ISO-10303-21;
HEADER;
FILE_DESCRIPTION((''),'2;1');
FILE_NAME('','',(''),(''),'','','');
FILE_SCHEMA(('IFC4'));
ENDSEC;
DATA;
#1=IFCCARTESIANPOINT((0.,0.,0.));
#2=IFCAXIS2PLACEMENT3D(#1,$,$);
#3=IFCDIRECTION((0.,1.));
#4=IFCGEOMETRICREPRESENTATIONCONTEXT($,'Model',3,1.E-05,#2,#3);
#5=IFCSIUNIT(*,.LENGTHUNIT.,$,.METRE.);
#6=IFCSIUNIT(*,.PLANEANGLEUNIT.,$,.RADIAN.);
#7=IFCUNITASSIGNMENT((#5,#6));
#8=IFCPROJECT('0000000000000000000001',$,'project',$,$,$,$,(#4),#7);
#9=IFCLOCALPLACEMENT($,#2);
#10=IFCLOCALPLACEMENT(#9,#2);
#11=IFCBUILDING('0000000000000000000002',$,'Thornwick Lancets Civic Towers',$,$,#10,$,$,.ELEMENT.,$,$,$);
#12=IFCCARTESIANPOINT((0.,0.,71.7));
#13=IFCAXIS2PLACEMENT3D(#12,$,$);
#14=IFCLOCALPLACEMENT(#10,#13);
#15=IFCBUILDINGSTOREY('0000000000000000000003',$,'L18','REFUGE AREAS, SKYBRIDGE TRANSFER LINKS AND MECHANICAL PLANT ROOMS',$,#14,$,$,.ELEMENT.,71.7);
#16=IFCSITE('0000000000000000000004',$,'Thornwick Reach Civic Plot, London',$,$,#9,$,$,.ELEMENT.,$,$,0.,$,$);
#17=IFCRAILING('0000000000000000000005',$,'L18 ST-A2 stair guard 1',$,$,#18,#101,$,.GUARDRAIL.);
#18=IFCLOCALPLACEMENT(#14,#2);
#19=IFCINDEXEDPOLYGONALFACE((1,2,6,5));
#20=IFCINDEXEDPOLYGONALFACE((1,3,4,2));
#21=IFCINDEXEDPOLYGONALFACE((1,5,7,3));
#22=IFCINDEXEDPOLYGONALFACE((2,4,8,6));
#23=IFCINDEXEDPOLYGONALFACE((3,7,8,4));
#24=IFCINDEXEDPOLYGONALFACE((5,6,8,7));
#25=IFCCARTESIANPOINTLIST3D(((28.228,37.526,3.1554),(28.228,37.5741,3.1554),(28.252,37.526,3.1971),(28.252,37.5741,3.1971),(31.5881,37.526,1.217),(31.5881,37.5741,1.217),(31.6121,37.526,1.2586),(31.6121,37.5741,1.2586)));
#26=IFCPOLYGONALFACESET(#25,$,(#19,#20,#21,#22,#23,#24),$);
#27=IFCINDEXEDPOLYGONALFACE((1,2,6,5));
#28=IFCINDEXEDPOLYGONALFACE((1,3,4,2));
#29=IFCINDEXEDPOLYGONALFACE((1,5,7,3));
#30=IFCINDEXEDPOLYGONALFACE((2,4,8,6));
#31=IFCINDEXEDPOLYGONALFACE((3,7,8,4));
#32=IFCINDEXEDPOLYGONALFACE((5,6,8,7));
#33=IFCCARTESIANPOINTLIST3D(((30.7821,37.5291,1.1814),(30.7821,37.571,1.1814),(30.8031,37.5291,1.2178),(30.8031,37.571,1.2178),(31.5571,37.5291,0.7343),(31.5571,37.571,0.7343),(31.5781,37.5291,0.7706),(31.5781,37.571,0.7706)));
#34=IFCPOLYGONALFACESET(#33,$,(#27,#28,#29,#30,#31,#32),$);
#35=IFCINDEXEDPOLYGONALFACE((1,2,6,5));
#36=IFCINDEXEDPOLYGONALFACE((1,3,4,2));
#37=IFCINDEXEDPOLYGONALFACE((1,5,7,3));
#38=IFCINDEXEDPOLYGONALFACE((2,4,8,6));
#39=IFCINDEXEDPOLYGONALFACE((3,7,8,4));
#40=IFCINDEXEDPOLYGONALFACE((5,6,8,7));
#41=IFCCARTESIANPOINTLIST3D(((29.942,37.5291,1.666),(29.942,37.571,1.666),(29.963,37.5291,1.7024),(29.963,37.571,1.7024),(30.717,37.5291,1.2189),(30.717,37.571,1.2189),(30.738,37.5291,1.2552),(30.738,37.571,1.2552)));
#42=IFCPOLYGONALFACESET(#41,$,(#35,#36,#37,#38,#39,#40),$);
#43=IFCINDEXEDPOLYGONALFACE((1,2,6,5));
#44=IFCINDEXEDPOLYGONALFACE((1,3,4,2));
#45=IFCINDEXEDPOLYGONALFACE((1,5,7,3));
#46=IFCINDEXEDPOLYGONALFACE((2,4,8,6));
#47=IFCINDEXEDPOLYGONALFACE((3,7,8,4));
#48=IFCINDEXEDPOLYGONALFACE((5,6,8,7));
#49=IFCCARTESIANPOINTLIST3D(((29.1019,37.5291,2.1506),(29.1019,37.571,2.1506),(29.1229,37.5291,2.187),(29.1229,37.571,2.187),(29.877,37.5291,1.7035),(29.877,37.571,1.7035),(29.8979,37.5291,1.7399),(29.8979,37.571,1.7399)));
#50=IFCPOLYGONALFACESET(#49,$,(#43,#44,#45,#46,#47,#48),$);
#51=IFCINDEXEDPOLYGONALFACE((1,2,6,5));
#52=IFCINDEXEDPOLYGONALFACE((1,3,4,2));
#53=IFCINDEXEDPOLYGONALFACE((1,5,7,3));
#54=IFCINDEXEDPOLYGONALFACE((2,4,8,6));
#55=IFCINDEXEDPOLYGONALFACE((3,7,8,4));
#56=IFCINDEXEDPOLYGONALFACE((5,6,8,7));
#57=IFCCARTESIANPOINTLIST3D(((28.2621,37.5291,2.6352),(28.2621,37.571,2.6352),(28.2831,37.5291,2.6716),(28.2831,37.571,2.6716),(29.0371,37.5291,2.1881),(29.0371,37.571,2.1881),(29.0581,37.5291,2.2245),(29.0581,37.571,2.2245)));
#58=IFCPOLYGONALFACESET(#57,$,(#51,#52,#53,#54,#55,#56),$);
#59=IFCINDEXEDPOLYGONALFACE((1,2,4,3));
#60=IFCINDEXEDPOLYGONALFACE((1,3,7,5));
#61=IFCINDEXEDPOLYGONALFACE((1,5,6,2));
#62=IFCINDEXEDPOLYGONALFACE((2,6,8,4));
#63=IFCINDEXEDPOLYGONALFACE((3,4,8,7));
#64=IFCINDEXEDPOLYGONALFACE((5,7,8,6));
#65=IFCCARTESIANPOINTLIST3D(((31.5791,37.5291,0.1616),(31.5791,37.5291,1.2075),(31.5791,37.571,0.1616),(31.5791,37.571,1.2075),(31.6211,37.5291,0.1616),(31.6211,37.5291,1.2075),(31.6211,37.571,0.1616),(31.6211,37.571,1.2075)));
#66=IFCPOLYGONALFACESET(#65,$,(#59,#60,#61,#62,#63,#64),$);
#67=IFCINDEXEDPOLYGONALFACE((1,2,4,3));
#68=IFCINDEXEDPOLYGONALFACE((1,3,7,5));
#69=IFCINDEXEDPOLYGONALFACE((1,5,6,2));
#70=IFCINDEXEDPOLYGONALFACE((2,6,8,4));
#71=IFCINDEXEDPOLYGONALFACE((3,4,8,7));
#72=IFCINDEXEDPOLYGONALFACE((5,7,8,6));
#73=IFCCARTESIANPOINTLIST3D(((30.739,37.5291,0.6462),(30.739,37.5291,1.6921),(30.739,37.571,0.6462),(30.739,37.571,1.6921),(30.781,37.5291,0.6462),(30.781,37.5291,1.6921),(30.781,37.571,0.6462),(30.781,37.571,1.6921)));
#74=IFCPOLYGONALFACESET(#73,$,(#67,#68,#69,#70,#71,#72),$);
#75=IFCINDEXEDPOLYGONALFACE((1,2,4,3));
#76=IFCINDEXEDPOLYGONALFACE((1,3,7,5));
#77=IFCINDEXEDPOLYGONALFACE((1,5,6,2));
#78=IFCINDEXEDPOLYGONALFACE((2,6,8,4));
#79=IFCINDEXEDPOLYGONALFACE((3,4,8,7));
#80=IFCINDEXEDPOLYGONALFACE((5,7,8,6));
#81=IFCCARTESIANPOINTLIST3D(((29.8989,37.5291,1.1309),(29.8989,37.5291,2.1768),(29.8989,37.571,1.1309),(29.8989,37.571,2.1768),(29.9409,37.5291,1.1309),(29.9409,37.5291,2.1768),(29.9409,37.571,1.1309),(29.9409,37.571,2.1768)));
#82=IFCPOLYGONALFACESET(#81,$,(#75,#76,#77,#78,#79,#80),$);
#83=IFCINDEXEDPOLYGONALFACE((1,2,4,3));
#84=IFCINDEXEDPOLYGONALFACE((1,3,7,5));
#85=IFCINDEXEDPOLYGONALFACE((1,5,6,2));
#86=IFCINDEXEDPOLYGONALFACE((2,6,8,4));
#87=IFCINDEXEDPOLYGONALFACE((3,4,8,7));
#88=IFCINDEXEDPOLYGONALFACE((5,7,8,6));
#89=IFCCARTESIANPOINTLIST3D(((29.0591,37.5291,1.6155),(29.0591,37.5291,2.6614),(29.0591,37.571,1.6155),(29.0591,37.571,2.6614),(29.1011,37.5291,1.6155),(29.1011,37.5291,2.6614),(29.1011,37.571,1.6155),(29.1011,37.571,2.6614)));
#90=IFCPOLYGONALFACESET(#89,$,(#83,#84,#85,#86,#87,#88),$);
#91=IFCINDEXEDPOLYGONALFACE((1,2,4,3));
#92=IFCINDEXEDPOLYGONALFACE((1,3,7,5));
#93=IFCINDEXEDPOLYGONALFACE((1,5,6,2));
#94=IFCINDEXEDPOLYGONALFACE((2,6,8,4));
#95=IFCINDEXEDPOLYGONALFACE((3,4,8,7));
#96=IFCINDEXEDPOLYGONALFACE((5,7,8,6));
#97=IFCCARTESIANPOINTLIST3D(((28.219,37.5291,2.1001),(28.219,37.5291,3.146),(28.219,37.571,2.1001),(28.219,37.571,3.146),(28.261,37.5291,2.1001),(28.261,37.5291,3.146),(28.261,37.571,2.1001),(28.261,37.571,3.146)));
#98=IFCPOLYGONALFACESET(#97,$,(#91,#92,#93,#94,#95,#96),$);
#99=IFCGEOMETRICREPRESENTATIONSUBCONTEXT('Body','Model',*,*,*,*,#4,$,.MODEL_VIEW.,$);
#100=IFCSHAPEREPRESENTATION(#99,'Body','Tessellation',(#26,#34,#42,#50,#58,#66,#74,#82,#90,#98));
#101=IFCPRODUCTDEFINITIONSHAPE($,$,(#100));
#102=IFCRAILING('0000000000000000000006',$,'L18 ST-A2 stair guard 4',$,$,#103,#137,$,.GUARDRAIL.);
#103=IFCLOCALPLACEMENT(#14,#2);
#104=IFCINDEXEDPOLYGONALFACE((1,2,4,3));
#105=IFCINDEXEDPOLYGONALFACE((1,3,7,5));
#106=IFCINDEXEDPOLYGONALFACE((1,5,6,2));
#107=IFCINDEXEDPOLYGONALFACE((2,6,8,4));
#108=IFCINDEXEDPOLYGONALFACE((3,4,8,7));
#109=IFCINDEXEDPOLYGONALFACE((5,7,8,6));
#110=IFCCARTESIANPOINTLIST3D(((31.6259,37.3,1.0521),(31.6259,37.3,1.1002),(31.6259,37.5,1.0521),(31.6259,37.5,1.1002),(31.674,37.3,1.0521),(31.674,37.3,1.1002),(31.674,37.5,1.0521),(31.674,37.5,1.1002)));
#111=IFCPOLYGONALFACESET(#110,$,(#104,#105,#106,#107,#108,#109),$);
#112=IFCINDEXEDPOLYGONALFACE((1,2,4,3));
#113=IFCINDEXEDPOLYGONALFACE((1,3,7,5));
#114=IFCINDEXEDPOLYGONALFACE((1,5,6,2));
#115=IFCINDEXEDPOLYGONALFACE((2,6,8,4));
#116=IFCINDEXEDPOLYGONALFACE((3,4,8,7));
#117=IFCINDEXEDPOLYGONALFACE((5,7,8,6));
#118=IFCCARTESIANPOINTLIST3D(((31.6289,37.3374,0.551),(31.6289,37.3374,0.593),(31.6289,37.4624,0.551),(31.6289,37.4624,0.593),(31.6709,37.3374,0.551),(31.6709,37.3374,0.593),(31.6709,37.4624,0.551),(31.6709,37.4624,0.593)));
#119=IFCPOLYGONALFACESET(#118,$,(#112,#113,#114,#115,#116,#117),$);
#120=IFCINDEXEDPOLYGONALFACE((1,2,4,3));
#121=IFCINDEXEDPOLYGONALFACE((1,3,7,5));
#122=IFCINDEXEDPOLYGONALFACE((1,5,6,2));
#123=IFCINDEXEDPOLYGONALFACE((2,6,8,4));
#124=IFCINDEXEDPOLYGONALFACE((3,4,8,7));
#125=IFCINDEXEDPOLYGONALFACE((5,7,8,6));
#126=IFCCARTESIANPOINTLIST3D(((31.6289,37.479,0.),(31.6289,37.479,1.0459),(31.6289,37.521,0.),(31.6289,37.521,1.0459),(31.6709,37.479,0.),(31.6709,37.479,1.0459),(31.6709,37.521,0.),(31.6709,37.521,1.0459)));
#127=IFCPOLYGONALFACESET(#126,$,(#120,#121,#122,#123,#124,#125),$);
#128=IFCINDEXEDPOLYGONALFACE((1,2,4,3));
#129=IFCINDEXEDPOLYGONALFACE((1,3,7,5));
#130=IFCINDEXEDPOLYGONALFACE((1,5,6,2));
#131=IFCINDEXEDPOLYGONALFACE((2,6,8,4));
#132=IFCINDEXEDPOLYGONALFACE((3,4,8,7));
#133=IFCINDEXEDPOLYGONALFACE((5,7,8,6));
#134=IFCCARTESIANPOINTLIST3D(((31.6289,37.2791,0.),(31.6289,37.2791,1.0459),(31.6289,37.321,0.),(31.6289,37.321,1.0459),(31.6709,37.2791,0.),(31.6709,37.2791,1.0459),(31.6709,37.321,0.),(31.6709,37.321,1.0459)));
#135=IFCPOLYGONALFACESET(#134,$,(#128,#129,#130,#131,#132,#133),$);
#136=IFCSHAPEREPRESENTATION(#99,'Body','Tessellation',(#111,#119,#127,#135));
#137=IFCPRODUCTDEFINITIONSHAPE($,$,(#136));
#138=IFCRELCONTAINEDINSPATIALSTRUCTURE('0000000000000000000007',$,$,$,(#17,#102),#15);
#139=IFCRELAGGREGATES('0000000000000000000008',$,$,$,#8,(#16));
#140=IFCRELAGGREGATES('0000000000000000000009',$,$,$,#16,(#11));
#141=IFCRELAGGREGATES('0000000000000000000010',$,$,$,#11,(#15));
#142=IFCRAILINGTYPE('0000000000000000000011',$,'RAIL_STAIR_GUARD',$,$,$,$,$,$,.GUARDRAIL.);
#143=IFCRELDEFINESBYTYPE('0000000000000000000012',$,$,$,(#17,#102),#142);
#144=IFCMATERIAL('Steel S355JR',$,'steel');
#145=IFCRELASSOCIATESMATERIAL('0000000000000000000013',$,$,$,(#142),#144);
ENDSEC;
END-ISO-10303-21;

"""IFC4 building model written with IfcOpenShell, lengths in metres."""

from ifc_helpers import new_model, si_unit, direction, frame, origin, origin_2d, place, context, subcontext, project, spatial, rectangle, extrude, material, type_object, element, save


model = new_model("IFC4")

# Units and contexts
model_context = context("Model", 3, precision=1e-05, world=origin(), true_north=direction((0.0, 1.0)))
body_context = subcontext(model_context, "Body", "Model", "MODEL_VIEW")
ifc_project = project(units=[si_unit("LENGTHUNIT", "METRE"), si_unit("PLANEANGLEUNIT", "RADIAN")], contexts=[model_context])

# Site, building, storey
site_placement = place(None, origin())
site = spatial("IfcSite", under=ifc_project, at=site_placement, Name="Thornwick Reach Civic Plot, London", CompositionType="ELEMENT", RefElevation=0.0)
building_placement = place(site_placement, origin())
building = spatial("IfcBuilding", under=site, at=building_placement, Name="Thornwick Lancets Civic Towers", CompositionType="ELEMENT")
storey_placement = place(building_placement, frame((0.0, 0.0, 71.7)))
storey = spatial("IfcBuildingStorey", under=building, at=storey_placement, Name="L18", Description="REFUGE AREAS, SKYBRIDGE TRANSFER LINKS AND MECHANICAL PLANT ROOMS", CompositionType="ELEMENT", Elevation=71.7)

# Railings
ifc_material_1 = material(Name="Steel S355JR", Category="steel")
railing_type_1 = type_object("IfcRailingType", Name="RAIL_STAIR_GUARD", PredefinedType="GUARDRAIL", material=ifc_material_1)
railing_1_placement = place(storey_placement, frame((31.6001, 37.55, 0.1616)))
element("IfcRailing", 1, at=railing_1_placement, inside=storey, type_object=railing_type_1, Name="L18 ST-A2 stair guard 1", PredefinedType="GUARDRAIL", context=body_context, shape_type="SweptSolid", body=[
    extrude(rectangle(XDim=0.0481, YDim=0.0481, at=origin_2d()), frame((0.0, 0.0, 1.0762), z_axis=(-0.866191, 0.0, 0.499713), x_axis=(0.0, -1.0, 0.0)), (0.0, 0.0, 1.0), 3.8792),
    extrude(rectangle(XDim=0.042, YDim=0.042, at=origin_2d()), frame((-0.0325, 0.0, 0.5908), z_axis=(-0.866191, 0.0, 0.499713), x_axis=(0.0, -1.0, 0.0)), (0.0, 0.0, 1.0), 0.8948),
    extrude(rectangle(XDim=0.042, YDim=0.042, at=origin_2d()), frame((-0.8726, 0.0, 1.0754), z_axis=(-0.866191, 0.0, 0.499713), x_axis=(0.0, -1.0, 0.0)), (0.0, 0.0, 1.0), 0.8948),
    extrude(rectangle(XDim=0.042, YDim=0.042, at=origin_2d()), frame((-1.7126, 0.0, 1.5601), z_axis=(-0.866191, 0.0, 0.499713), x_axis=(0.0, -1.0, 0.0)), (0.0, 0.0, 1.0), 0.8948),
    extrude(rectangle(XDim=0.042, YDim=0.042, at=origin_2d()), frame((-2.5525, 0.0, 2.0447), z_axis=(-0.866191, 0.0, 0.499713), x_axis=(0.0, -1.0, 0.0)), (0.0, 0.0, 1.0), 0.8948),
    extrude(rectangle(XDim=0.042, YDim=0.042, at=origin_2d()), origin(), (0.0, 0.0, 1.0), 1.0459),
    extrude(rectangle(XDim=0.042, YDim=0.042, at=origin_2d()), frame((-0.8401, 0.0, 0.4846)), (0.0, 0.0, 1.0), 1.0459),
    extrude(rectangle(XDim=0.042, YDim=0.042, at=origin_2d()), frame((-1.6802, 0.0, 0.9692)), (0.0, 0.0, 1.0), 1.0459),
    extrude(rectangle(XDim=0.042, YDim=0.042, at=origin_2d()), frame((-2.52, 0.0, 1.4539)), (0.0, 0.0, 1.0), 1.0459),
    extrude(rectangle(XDim=0.042, YDim=0.042, at=origin_2d()), frame((-3.3601, 0.0, 1.9385)), (0.0, 0.0, 1.0), 1.0459),
])
railing_2_placement = place(storey_placement, frame((31.6499, 37.5, 0.0)))
element("IfcRailing", 2, at=railing_2_placement, inside=storey, type_object=railing_type_1, Name="L18 ST-A2 stair guard 4", PredefinedType="GUARDRAIL", context=body_context, shape_type="SweptSolid", body=[
    extrude(rectangle(XDim=0.0481, YDim=0.0481, at=origin_2d()), frame((0.0, 0.0, 1.0762), z_axis=(0.0, -1.0, 0.0), x_axis=(1.0, 0.0, 0.0)), (0.0, 0.0, 1.0), 0.2),
    extrude(rectangle(XDim=0.042, YDim=0.042, at=origin_2d()), frame((0.0, -0.0376, 0.572), z_axis=(0.0, -1.0, 0.0), x_axis=(1.0, 0.0, 0.0)), (0.0, 0.0, 1.0), 0.125),
    extrude(rectangle(XDim=0.042, YDim=0.042, at=origin_2d()), origin(), (0.0, 0.0, 1.0), 1.0459),
    extrude(rectangle(XDim=0.042, YDim=0.042, at=origin_2d()), frame((0.0, -0.2, 0.0)), (0.0, 0.0, 1.0), 1.0459),
])

save(model, "model.ifc")
